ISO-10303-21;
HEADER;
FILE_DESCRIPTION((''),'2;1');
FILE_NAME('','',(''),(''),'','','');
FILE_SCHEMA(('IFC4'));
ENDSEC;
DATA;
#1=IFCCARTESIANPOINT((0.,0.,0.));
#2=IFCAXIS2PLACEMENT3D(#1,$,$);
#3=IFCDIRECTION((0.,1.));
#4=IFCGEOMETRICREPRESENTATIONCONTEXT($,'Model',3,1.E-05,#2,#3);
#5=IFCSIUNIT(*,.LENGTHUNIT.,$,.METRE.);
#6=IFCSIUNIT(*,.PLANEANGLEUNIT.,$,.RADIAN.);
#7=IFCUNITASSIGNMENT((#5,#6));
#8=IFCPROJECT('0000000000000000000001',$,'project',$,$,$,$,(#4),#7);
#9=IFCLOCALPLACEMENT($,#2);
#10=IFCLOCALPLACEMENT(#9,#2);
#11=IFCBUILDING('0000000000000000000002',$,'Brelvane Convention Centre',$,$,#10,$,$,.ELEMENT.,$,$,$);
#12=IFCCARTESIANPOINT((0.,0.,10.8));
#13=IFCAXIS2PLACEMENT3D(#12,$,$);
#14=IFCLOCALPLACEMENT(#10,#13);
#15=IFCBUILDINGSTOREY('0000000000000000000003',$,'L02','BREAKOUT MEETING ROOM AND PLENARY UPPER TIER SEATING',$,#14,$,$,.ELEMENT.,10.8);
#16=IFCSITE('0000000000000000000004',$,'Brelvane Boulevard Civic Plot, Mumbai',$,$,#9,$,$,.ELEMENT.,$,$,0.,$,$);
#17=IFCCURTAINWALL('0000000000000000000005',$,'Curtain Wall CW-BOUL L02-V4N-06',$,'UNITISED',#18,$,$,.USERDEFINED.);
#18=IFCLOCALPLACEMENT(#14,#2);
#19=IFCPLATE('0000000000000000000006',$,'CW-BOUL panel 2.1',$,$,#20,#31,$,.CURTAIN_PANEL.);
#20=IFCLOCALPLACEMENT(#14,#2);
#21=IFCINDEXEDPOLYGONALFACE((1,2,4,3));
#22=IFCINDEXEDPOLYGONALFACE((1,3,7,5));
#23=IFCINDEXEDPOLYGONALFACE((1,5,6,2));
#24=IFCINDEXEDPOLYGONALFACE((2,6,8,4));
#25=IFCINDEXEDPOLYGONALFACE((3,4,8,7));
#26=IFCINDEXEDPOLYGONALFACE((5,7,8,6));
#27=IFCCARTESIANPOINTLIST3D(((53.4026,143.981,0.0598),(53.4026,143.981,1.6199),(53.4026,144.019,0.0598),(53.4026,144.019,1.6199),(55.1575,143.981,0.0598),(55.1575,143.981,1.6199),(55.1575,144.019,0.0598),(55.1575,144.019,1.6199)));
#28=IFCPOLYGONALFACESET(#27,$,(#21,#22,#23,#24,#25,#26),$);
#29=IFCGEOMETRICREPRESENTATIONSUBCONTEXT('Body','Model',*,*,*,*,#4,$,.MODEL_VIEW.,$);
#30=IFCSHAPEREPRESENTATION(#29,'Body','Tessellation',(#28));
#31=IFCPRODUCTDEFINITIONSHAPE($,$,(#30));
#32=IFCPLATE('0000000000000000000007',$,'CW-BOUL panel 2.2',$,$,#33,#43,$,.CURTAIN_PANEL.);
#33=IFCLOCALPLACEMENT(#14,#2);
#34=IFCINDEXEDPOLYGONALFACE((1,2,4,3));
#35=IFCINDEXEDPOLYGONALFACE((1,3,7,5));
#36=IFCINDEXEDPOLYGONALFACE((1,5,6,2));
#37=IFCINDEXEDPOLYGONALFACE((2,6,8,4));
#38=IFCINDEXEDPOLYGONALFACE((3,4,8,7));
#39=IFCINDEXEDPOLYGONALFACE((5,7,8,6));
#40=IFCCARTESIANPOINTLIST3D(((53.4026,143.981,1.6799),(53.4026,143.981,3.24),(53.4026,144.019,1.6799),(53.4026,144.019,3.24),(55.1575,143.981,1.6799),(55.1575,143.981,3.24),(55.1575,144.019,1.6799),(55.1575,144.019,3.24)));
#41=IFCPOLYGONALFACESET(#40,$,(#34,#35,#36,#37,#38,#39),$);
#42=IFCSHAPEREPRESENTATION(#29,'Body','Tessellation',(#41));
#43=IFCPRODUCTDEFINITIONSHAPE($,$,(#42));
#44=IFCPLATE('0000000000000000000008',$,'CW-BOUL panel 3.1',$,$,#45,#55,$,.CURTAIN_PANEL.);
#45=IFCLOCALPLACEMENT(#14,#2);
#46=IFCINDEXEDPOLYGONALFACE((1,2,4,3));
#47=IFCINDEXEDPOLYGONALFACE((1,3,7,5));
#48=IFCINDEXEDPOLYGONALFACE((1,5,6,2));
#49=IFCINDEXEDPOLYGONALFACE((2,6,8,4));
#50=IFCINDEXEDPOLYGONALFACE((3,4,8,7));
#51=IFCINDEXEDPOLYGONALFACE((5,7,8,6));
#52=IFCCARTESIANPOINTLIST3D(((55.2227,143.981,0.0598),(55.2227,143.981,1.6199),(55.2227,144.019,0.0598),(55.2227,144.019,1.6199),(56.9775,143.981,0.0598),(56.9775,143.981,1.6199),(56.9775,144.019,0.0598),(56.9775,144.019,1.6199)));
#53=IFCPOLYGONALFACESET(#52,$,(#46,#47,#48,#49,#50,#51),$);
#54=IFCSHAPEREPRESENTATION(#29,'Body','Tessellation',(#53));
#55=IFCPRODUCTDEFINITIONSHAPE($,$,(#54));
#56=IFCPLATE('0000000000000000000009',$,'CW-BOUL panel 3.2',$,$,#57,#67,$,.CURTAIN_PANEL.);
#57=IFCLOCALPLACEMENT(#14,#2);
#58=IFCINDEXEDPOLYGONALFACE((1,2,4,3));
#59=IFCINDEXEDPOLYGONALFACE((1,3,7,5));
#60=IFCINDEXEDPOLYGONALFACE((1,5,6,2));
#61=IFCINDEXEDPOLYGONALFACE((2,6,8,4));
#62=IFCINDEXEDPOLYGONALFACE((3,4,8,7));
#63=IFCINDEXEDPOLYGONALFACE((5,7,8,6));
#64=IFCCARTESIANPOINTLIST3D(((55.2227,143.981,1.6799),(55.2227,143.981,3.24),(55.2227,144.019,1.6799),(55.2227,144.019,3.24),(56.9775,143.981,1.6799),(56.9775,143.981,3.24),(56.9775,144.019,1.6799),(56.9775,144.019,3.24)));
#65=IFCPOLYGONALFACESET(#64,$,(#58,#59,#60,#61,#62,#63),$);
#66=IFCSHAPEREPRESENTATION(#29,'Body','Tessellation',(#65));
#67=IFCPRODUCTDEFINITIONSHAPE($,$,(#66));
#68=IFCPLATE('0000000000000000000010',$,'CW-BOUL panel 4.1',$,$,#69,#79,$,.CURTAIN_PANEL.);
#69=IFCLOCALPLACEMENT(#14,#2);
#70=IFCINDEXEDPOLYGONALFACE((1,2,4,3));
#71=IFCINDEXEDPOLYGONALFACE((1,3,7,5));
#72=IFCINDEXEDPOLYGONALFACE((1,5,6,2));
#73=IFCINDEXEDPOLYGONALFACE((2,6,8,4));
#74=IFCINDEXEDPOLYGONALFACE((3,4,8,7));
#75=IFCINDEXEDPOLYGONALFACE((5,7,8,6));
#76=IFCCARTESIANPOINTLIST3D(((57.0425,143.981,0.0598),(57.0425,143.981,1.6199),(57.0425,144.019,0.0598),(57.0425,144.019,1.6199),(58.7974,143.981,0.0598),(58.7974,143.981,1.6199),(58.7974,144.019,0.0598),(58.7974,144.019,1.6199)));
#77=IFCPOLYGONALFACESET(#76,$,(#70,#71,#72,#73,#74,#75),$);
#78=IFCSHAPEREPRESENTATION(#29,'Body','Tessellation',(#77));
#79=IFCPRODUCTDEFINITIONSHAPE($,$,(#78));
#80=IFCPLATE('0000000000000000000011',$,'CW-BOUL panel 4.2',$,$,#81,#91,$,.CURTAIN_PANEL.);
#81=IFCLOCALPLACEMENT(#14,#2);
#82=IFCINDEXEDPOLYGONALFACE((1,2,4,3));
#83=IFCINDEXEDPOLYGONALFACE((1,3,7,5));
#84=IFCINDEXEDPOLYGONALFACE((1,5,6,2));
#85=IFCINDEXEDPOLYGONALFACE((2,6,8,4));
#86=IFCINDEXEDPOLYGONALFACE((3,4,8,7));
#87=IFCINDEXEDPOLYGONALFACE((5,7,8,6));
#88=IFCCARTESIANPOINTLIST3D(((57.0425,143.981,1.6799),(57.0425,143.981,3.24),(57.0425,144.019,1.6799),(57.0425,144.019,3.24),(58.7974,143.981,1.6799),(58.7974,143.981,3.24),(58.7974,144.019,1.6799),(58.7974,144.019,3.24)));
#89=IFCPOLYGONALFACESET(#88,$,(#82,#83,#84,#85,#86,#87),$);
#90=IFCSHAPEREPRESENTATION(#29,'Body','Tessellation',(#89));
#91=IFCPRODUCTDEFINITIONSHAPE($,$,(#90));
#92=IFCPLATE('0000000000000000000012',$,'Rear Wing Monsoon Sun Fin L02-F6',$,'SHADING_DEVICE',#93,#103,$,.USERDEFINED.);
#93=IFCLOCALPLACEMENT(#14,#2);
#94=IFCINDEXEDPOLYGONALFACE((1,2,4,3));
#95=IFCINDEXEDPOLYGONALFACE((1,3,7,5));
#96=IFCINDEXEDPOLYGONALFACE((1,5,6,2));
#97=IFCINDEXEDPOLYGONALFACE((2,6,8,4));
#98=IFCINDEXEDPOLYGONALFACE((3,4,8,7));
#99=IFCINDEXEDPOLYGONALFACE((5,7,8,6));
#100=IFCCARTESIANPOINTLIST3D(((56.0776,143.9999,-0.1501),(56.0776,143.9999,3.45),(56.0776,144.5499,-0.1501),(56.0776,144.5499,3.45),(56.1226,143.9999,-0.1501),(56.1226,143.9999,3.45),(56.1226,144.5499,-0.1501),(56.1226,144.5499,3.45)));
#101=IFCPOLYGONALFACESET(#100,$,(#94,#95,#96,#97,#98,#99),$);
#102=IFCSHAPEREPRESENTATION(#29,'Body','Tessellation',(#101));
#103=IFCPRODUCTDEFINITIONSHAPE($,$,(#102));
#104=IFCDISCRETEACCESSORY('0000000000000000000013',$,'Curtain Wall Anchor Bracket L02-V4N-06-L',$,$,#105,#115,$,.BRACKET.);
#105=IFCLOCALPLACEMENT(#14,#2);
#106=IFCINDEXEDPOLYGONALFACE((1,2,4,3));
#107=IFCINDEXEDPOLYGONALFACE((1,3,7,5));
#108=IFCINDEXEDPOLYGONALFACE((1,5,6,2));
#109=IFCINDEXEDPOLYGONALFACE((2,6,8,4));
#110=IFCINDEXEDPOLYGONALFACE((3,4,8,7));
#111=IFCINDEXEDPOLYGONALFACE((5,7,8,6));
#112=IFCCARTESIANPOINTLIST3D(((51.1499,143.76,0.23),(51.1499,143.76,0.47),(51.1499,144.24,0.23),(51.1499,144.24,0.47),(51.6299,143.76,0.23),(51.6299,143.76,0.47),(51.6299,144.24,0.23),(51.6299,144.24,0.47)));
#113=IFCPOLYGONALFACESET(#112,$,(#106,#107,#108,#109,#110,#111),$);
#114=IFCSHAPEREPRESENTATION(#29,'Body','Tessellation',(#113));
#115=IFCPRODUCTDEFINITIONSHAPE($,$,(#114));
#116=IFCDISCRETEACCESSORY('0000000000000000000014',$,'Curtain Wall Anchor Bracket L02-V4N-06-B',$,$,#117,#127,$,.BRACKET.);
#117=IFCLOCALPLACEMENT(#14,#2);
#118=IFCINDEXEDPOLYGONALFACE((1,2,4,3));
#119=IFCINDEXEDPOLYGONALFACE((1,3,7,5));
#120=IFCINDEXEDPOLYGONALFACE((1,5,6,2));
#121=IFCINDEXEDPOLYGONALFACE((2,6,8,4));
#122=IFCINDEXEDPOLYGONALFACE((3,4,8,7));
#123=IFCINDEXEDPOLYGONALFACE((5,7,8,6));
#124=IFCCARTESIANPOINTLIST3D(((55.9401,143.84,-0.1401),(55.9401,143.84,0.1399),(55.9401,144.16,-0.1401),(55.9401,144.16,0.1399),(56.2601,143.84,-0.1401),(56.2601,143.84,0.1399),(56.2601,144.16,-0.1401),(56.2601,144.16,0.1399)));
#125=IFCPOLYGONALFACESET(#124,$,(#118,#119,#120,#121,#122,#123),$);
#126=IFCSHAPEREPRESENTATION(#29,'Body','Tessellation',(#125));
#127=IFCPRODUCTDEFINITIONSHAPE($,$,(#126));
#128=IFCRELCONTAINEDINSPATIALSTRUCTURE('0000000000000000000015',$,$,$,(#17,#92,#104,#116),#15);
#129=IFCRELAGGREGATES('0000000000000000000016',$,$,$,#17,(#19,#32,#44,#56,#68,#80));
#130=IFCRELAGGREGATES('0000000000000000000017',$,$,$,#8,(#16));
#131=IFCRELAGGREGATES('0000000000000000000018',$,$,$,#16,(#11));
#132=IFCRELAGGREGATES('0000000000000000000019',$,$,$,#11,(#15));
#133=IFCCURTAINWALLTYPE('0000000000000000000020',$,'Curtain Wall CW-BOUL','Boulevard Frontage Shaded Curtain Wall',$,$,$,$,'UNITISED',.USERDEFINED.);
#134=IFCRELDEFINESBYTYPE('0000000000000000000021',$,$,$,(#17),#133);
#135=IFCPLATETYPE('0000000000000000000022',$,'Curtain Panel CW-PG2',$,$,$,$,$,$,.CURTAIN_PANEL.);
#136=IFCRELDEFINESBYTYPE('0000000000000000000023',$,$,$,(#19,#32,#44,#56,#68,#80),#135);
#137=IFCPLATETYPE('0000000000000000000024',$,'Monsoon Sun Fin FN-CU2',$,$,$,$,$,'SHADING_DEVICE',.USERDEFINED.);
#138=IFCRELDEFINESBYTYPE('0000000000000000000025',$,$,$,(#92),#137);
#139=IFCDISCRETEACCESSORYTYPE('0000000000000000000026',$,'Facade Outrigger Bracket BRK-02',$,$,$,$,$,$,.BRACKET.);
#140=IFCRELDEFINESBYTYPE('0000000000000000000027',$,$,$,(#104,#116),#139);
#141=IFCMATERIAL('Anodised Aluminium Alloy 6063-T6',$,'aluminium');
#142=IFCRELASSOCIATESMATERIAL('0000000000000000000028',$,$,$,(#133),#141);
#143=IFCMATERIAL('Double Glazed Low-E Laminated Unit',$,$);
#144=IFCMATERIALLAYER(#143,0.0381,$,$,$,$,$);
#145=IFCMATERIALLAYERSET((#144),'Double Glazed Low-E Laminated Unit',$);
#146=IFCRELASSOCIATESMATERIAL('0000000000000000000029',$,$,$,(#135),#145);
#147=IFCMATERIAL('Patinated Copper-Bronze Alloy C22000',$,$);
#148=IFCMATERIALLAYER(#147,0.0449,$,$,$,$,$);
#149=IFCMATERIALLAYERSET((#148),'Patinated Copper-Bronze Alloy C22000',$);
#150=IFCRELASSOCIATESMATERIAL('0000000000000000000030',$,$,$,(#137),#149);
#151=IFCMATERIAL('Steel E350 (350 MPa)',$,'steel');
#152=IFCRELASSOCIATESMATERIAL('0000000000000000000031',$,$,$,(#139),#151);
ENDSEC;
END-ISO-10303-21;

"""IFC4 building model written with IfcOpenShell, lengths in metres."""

from ifc_helpers import new_model, si_unit, direction, frame, origin, origin_2d, place, context, subcontext, project, spatial, rectangle, extrude, material, layer, layer_set, type_object, element, aggregate, save


model = new_model("IFC4")

# Units and contexts
model_context = context("Model", 3, precision=1e-05, world=origin(), true_north=direction((0.0, 1.0)))
body_context = subcontext(model_context, "Body", "Model", "MODEL_VIEW")
ifc_project = project(units=[si_unit("LENGTHUNIT", "METRE"), si_unit("PLANEANGLEUNIT", "RADIAN")], contexts=[model_context])

# Site, building, storey
site_placement = place(None, origin())
site = spatial("IfcSite", under=ifc_project, at=site_placement, Name="Brelvane Boulevard Civic Plot, Mumbai", CompositionType="ELEMENT", RefElevation=0.0)
building_placement = place(site_placement, origin())
building = spatial("IfcBuilding", under=site, at=building_placement, Name="Brelvane Convention Centre", CompositionType="ELEMENT")
storey_placement = place(building_placement, frame((0.0, 0.0, 10.8)))
storey = spatial("IfcBuildingStorey", under=building, at=storey_placement, Name="L02", Description="BREAKOUT MEETING ROOM AND PLENARY UPPER TIER SEATING", CompositionType="ELEMENT", Elevation=10.8)

# Curtain wall
ifc_material_1 = material(Name="Anodised Aluminium Alloy 6063-T6", Category="aluminium")
curtain_wall_type = type_object("IfcCurtainWallType", Name="Curtain Wall CW-BOUL", Description="Boulevard Frontage Shaded Curtain Wall", ElementType="UNITISED", PredefinedType="USERDEFINED", material=ifc_material_1)
curtain_wall_placement = place(storey_placement, origin())
curtain_wall = element("IfcCurtainWall", 1, at=curtain_wall_placement, inside=storey, type_object=curtain_wall_type, Name="Curtain Wall CW-BOUL L02-V4N-06", ObjectType="UNITISED", PredefinedType="USERDEFINED")

# Plates
ifc_material_2 = material(Name="Double Glazed Low-E Laminated Unit")
ifc_layer_1 = layer(ifc_material_2, 0.0381)
ifc_layer_set_1 = layer_set([ifc_layer_1], Name="Double Glazed Low-E Laminated Unit")
plate_type_1 = type_object("IfcPlateType", Name="Curtain Panel CW-PG2", PredefinedType="CURTAIN_PANEL", material=ifc_layer_set_1)
plate_1_placement = place(storey_placement, frame((54.28, 144.0, 0.0598), z_axis=(0.0, 0.0, 1.0), x_axis=(1.0, 0.0, 0.0)))
plate_1 = element("IfcPlate", 2, at=plate_1_placement, type_object=plate_type_1, Name="CW-BOUL panel 2.1", PredefinedType="CURTAIN_PANEL", context=body_context, shape_type="SweptSolid", body=[
    extrude(rectangle(XDim=1.7549, YDim=0.0381, at=origin_2d()), origin(), (0.0, 0.0, 1.0), 1.5601),
])
plate_2_placement = place(storey_placement, frame((54.28, 144.0, 1.6799), z_axis=(0.0, 0.0, 1.0), x_axis=(1.0, 0.0, 0.0)))
plate_2 = element("IfcPlate", 3, at=plate_2_placement, type_object=plate_type_1, Name="CW-BOUL panel 2.2", PredefinedType="CURTAIN_PANEL", context=body_context, shape_type="SweptSolid", body=[
    extrude(rectangle(XDim=1.7549, YDim=0.0381, at=origin_2d()), origin(), (0.0, 0.0, 1.0), 1.5601),
])
plate_3_placement = place(storey_placement, frame((56.1001, 144.0, 0.0598), z_axis=(0.0, 0.0, 1.0), x_axis=(1.0, 0.0, 0.0)))
plate_3 = element("IfcPlate", 4, at=plate_3_placement, type_object=plate_type_1, Name="CW-BOUL panel 3.1", PredefinedType="CURTAIN_PANEL", context=body_context, shape_type="SweptSolid", body=[
    extrude(rectangle(XDim=1.7549, YDim=0.0381, at=origin_2d()), origin(), (0.0, 0.0, 1.0), 1.5601),
])
plate_4_placement = place(storey_placement, frame((56.1001, 144.0, 1.6799), z_axis=(0.0, 0.0, 1.0), x_axis=(1.0, 0.0, 0.0)))
plate_4 = element("IfcPlate", 5, at=plate_4_placement, type_object=plate_type_1, Name="CW-BOUL panel 3.2", PredefinedType="CURTAIN_PANEL", context=body_context, shape_type="SweptSolid", body=[
    extrude(rectangle(XDim=1.7549, YDim=0.0381, at=origin_2d()), origin(), (0.0, 0.0, 1.0), 1.5601),
])
plate_5_placement = place(storey_placement, frame((57.9199, 144.0, 0.0598), z_axis=(0.0, 0.0, 1.0), x_axis=(1.0, 0.0, 0.0)))
plate_5 = element("IfcPlate", 6, at=plate_5_placement, type_object=plate_type_1, Name="CW-BOUL panel 4.1", PredefinedType="CURTAIN_PANEL", context=body_context, shape_type="SweptSolid", body=[
    extrude(rectangle(XDim=1.7549, YDim=0.0381, at=origin_2d()), origin(), (0.0, 0.0, 1.0), 1.5601),
])
plate_6_placement = place(storey_placement, frame((57.9199, 144.0, 1.6799), z_axis=(0.0, 0.0, 1.0), x_axis=(1.0, 0.0, 0.0)))
plate_6 = element("IfcPlate", 7, at=plate_6_placement, type_object=plate_type_1, Name="CW-BOUL panel 4.2", PredefinedType="CURTAIN_PANEL", context=body_context, shape_type="SweptSolid", body=[
    extrude(rectangle(XDim=1.7549, YDim=0.0381, at=origin_2d()), origin(), (0.0, 0.0, 1.0), 1.5601),
])
aggregate(curtain_wall, [plate_1, plate_2, plate_3, plate_4, plate_5, plate_6])
ifc_material_3 = material(Name="Patinated Copper-Bronze Alloy C22000")
ifc_layer_2 = layer(ifc_material_3, 0.0449)
ifc_layer_set_2 = layer_set([ifc_layer_2], Name="Patinated Copper-Bronze Alloy C22000")
plate_type_2 = type_object("IfcPlateType", Name="Monsoon Sun Fin FN-CU2", ElementType="SHADING_DEVICE", PredefinedType="USERDEFINED", material=ifc_layer_set_2)
plate_7_placement = place(storey_placement, frame((56.1001, 144.2749, -0.1501), z_axis=(0.0, 0.0, 1.0), x_axis=(1.0, 0.0, 0.0)))
element("IfcPlate", 8, at=plate_7_placement, inside=storey, type_object=plate_type_2, Name="Rear Wing Monsoon Sun Fin L02-F6", ObjectType="SHADING_DEVICE", PredefinedType="USERDEFINED", context=body_context, shape_type="SweptSolid", body=[
    extrude(rectangle(XDim=0.0449, YDim=0.55, at=origin_2d()), origin(), (0.0, 0.0, 1.0), 3.6001),
])

# Discrete accessories
ifc_material_4 = material(Name="Steel E350 (350 MPa)", Category="steel")
discrete_accessory_type = type_object("IfcDiscreteAccessoryType", Name="Facade Outrigger Bracket BRK-02", PredefinedType="BRACKET", material=ifc_material_4)
discrete_accessory_1_placement = place(storey_placement, frame((51.3899, 144.0, 0.23), z_axis=(0.0, 0.0, 1.0), x_axis=(1.0, 0.0, 0.0)))
element("IfcDiscreteAccessory", 9, at=discrete_accessory_1_placement, inside=storey, type_object=discrete_accessory_type, Name="Curtain Wall Anchor Bracket L02-V4N-06-L", PredefinedType="BRACKET", context=body_context, shape_type="SweptSolid", body=[
    extrude(rectangle(XDim=0.48, YDim=0.48, at=origin_2d()), origin(), (0.0, 0.0, 1.0), 0.24),
])
discrete_accessory_2_placement = place(storey_placement, frame((56.1001, 144.0, -0.1401), z_axis=(0.0, 0.0, 1.0), x_axis=(1.0, 0.0, 0.0)))
element("IfcDiscreteAccessory", 10, at=discrete_accessory_2_placement, inside=storey, type_object=discrete_accessory_type, Name="Curtain Wall Anchor Bracket L02-V4N-06-B", PredefinedType="BRACKET", context=body_context, shape_type="SweptSolid", body=[
    extrude(rectangle(XDim=0.3201, YDim=0.3201, at=origin_2d()), origin(), (0.0, 0.0, 1.0), 0.28),
])

save(model, "model.ifc")
